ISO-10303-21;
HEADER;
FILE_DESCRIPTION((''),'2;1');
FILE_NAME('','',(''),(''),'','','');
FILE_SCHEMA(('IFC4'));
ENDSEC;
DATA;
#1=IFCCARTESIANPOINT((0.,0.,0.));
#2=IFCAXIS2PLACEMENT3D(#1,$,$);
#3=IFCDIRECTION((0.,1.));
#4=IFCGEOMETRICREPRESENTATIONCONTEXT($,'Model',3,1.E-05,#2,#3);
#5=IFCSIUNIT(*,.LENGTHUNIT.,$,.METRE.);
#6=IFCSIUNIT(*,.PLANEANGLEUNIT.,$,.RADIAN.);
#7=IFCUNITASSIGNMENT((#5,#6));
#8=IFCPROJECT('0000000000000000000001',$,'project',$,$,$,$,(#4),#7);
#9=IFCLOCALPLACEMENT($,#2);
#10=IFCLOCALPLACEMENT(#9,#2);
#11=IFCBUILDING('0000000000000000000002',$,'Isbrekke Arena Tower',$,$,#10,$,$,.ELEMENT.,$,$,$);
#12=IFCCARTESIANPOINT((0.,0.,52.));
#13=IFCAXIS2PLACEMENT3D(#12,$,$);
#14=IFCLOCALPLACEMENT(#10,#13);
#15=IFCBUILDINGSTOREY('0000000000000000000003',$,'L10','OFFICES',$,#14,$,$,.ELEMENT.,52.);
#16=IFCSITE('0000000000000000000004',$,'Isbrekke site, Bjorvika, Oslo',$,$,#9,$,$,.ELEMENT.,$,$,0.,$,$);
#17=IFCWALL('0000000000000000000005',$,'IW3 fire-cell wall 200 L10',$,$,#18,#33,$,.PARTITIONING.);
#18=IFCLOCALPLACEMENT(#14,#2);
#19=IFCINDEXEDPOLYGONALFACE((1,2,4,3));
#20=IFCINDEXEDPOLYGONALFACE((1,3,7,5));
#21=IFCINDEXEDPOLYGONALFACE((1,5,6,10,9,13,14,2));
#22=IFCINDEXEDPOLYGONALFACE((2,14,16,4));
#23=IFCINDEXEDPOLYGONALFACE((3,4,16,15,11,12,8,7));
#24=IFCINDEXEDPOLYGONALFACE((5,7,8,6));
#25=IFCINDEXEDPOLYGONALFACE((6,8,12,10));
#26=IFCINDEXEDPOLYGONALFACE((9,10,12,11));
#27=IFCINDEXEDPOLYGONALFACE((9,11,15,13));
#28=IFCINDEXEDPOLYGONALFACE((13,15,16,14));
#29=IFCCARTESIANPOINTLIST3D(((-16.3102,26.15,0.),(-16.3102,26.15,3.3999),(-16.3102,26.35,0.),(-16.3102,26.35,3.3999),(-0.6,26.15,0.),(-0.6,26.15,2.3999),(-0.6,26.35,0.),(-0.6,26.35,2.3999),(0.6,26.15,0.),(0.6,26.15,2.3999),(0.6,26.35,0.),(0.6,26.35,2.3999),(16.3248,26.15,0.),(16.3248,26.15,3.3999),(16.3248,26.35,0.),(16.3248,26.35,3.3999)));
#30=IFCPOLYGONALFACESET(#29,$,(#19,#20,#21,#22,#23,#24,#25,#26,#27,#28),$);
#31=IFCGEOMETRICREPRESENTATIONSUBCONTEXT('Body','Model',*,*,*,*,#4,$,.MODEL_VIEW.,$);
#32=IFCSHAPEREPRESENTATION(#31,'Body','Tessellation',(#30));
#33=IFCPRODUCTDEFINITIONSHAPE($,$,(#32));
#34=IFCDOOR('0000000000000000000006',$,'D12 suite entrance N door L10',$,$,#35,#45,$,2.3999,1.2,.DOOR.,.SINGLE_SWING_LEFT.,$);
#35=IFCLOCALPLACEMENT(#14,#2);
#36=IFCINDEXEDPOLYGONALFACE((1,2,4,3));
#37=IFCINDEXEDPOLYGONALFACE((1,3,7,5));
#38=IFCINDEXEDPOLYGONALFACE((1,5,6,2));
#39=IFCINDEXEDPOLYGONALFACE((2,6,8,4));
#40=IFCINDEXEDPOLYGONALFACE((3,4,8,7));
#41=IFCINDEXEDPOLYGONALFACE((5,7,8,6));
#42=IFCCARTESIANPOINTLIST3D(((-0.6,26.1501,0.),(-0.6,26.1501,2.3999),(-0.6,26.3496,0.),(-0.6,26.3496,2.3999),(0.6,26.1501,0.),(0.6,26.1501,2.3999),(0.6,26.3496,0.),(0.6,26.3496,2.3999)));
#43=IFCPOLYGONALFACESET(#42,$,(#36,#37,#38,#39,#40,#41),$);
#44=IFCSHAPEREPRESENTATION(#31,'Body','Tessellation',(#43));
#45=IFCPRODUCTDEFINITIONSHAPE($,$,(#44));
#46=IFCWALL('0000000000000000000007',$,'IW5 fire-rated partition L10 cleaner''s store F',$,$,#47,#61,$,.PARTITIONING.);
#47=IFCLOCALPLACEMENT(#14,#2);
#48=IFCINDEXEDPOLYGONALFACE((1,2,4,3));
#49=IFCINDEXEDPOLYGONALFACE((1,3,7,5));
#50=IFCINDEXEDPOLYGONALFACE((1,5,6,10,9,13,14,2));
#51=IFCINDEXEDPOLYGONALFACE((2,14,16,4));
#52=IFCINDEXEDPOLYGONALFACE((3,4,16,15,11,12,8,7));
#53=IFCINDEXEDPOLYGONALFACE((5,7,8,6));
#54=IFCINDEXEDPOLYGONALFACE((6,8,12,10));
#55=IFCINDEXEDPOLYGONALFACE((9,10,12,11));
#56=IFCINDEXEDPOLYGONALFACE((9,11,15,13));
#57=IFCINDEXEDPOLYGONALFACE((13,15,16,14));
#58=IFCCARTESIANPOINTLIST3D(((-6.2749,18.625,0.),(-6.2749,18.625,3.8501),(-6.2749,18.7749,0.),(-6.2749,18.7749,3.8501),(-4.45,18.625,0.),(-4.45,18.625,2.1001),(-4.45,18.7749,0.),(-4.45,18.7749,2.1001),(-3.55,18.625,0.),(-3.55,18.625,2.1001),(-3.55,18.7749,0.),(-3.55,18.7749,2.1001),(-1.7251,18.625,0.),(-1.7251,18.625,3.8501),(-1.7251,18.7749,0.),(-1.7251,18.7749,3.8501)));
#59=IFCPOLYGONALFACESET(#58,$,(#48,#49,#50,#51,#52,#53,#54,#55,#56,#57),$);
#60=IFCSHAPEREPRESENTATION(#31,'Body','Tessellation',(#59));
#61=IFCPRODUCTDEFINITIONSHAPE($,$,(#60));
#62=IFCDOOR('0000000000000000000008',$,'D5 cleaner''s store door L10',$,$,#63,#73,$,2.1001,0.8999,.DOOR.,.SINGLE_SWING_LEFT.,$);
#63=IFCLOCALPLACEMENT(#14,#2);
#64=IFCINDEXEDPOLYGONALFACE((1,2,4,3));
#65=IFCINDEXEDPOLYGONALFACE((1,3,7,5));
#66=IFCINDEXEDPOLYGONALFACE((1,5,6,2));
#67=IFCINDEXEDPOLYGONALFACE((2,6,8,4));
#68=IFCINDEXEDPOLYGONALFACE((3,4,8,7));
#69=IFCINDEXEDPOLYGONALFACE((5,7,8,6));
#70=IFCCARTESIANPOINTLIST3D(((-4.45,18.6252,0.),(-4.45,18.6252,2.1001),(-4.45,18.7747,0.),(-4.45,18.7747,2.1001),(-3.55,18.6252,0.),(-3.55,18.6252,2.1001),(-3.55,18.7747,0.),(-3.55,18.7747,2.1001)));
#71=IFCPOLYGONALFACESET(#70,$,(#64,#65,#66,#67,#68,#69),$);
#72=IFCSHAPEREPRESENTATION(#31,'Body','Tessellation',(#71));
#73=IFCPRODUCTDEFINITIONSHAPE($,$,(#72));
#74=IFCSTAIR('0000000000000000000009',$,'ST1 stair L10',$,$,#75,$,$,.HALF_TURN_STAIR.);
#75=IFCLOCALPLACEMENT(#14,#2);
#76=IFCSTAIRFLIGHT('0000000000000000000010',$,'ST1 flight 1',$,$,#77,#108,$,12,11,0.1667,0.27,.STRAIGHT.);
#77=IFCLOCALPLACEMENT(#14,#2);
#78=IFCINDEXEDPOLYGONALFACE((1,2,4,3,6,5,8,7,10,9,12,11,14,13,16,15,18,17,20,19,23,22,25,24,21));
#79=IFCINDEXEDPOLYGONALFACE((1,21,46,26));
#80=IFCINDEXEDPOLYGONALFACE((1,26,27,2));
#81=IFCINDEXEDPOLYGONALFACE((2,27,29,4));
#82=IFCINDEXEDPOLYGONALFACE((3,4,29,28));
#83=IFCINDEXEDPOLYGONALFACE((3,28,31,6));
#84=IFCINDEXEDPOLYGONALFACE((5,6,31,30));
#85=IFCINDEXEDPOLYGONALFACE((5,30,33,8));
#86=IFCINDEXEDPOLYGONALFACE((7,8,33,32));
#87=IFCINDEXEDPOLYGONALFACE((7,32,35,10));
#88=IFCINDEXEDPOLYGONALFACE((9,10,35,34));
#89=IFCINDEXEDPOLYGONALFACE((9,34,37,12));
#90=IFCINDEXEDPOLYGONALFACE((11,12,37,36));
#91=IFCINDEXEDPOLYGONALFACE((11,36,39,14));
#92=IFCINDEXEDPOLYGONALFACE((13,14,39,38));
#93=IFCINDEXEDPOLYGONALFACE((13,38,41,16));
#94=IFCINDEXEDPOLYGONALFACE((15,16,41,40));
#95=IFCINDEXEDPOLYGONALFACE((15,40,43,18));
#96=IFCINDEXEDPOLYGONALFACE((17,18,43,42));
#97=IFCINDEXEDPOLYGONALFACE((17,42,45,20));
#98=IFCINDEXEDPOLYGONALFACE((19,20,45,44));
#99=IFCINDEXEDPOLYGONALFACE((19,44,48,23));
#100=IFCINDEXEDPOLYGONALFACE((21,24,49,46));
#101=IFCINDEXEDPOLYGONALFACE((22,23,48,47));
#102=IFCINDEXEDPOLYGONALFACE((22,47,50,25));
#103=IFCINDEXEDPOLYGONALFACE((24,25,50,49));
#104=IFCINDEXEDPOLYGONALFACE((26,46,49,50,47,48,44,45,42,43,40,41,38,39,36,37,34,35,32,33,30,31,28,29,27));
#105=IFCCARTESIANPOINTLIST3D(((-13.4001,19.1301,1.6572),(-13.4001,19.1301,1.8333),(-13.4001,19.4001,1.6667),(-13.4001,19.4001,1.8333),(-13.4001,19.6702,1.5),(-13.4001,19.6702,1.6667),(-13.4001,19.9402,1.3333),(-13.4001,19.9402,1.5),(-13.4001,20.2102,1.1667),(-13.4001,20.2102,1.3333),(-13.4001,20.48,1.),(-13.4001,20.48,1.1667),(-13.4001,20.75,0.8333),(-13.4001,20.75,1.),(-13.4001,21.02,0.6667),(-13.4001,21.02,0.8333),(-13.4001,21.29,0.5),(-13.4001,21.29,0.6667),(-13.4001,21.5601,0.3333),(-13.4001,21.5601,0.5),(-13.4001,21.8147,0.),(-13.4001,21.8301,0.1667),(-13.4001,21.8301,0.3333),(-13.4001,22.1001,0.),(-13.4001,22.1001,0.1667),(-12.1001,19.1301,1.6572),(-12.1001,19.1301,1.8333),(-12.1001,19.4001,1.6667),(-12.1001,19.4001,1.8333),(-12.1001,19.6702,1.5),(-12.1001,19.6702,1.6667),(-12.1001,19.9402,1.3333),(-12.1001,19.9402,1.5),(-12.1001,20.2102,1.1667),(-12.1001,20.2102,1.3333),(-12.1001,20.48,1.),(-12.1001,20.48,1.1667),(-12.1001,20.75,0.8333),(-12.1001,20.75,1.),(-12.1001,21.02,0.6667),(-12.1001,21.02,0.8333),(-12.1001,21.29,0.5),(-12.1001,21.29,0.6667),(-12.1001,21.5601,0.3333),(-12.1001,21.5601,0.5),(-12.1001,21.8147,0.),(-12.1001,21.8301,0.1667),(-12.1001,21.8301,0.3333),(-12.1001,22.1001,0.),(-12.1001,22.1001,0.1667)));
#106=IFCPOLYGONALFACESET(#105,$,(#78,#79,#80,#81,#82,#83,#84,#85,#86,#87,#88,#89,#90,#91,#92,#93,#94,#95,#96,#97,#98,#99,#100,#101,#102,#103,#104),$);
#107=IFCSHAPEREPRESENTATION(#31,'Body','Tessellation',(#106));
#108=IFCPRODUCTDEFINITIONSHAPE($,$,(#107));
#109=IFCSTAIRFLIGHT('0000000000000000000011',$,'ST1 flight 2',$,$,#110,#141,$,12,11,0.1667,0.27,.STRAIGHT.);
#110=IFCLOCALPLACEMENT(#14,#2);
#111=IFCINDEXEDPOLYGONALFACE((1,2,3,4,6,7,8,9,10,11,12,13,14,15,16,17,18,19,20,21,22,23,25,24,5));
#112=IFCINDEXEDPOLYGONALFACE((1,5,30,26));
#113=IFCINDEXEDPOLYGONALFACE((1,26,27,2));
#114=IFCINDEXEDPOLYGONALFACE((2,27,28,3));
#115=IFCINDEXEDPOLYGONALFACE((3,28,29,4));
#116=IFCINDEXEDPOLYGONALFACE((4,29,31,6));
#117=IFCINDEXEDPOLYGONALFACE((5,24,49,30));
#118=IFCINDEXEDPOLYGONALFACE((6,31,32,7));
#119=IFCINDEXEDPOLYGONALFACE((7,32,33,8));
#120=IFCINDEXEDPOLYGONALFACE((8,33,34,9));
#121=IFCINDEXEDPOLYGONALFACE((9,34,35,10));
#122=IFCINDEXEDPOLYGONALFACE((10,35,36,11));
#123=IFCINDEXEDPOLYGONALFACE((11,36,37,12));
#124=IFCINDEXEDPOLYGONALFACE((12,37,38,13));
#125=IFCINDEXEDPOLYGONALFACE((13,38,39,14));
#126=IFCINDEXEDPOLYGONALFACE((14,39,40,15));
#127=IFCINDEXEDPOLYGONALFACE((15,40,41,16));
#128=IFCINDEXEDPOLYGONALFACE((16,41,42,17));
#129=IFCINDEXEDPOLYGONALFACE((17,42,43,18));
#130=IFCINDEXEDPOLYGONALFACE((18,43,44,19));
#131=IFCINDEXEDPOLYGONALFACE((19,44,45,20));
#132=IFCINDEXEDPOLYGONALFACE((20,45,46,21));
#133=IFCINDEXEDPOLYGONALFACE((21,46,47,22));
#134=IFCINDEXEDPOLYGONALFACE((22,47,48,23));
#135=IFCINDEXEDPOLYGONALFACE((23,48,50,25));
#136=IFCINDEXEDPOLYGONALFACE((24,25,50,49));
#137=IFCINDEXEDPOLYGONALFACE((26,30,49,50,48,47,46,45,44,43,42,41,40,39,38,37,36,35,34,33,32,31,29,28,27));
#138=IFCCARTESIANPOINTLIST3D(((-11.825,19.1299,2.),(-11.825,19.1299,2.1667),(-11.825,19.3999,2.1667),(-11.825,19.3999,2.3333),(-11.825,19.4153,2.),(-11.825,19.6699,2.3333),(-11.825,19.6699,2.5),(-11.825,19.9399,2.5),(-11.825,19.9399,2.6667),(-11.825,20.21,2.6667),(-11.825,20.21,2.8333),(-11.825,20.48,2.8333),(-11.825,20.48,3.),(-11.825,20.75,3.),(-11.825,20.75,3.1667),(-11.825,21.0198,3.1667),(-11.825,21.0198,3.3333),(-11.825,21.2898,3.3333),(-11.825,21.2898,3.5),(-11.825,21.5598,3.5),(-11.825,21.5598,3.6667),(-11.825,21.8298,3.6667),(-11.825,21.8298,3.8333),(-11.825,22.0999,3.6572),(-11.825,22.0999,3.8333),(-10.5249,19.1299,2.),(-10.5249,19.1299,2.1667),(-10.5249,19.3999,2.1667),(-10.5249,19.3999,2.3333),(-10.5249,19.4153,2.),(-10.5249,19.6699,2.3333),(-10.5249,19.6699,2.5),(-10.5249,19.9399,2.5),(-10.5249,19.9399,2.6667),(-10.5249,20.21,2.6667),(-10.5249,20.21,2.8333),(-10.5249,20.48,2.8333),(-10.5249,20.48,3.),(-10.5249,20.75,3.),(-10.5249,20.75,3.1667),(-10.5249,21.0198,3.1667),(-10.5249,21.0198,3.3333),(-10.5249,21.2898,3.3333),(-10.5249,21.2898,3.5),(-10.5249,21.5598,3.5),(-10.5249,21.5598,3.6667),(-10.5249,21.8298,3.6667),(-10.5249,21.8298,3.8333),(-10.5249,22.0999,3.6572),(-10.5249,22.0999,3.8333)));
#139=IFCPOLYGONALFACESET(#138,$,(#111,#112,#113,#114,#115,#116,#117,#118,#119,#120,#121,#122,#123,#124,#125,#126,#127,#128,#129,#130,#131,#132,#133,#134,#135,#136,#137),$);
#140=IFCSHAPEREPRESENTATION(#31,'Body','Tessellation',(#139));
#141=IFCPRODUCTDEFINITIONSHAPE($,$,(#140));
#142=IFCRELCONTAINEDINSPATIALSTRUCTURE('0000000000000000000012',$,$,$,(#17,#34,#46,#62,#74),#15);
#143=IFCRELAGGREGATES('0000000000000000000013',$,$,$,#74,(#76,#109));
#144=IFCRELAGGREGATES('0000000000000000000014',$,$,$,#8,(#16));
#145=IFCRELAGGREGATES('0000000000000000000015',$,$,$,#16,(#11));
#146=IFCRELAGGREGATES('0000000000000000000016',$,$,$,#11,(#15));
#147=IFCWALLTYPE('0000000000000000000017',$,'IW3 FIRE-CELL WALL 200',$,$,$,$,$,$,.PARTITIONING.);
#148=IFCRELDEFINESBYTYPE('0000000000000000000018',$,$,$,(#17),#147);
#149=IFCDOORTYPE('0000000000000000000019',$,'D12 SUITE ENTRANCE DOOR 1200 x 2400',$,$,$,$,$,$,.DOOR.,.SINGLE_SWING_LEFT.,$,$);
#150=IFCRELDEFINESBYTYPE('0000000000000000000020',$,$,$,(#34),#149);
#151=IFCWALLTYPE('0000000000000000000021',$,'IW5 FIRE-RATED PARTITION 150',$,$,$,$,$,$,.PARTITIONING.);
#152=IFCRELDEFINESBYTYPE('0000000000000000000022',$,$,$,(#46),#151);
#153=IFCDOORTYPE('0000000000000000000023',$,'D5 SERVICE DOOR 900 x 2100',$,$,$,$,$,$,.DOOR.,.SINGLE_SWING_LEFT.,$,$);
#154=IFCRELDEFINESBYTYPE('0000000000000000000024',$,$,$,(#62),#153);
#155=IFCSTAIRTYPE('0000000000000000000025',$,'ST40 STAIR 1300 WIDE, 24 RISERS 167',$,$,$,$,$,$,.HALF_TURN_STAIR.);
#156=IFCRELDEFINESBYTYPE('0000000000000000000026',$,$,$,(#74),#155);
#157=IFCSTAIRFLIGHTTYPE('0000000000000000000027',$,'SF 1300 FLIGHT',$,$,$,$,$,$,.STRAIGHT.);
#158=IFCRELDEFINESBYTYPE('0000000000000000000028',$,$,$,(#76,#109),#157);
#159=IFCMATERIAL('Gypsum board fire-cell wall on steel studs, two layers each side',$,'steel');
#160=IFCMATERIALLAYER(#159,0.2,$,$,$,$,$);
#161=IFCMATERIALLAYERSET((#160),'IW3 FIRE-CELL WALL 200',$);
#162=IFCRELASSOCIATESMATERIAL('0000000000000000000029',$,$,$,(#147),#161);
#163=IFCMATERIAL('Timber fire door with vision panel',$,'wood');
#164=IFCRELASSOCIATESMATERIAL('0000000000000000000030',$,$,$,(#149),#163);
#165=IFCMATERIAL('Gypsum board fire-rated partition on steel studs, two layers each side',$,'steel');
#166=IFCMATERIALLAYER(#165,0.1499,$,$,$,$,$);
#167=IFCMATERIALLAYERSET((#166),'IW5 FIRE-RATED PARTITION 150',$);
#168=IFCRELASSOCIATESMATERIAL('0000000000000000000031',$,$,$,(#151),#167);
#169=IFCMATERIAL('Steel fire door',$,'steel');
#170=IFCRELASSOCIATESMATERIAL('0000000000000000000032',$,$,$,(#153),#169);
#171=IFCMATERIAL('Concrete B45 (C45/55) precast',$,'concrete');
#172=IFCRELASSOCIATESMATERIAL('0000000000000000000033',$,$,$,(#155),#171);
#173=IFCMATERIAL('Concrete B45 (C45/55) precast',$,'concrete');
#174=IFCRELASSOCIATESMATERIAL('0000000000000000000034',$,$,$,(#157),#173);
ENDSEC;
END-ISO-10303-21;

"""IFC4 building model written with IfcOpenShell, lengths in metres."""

from ifc_helpers import new_model, si_unit, direction, frame, frame_2d, origin, place, context, subcontext, project, spatial, polyline, rectangle, outline, extrude, material, layer, layer_set, type_object, element, fill, aggregate, save


model = new_model("IFC4")

# Units and contexts
model_context = context("Model", 3, precision=1e-05, world=origin(), true_north=direction((0.0, 1.0)))
body_context = subcontext(model_context, "Body", "Model", "MODEL_VIEW")
ifc_project = project(units=[si_unit("LENGTHUNIT", "METRE"), si_unit("PLANEANGLEUNIT", "RADIAN")], contexts=[model_context])

# Site, building, storey
site_placement = place(None, origin())
site = spatial("IfcSite", under=ifc_project, at=site_placement, Name="Isbrekke site, Bjorvika, Oslo", CompositionType="ELEMENT", RefElevation=0.0)
building_placement = place(site_placement, origin())
building = spatial("IfcBuilding", under=site, at=building_placement, Name="Isbrekke Arena Tower", CompositionType="ELEMENT")
storey_placement = place(building_placement, frame((0.0, 0.0, 52.0)))
storey = spatial("IfcBuildingStorey", under=building, at=storey_placement, Name="L10", Description="OFFICES", CompositionType="ELEMENT", Elevation=52.0)

# Walls, openings, doors
ifc_material_1 = material(Name="Gypsum board fire-cell wall on steel studs, two layers each side", Category="steel")
ifc_layer_1 = layer(ifc_material_1, 0.2)
ifc_layer_set_1 = layer_set([ifc_layer_1], Name="IW3 FIRE-CELL WALL 200")
wall_type_1 = type_object("IfcWallType", Name="IW3 FIRE-CELL WALL 200", PredefinedType="PARTITIONING", material=ifc_layer_set_1)
wall_1_placement = place(storey_placement, frame((-16.3101, 26.25, 0.0), z_axis=(0.0, 0.0, 1.0), x_axis=(1.0, 0.0, 0.0)))
wall_1 = element("IfcWall", 1, at=wall_1_placement, inside=storey, type_object=wall_type_1, Name="IW3 fire-cell wall 200 L10", PredefinedType="PARTITIONING", context=body_context, shape_type="SweptSolid", body=[
    extrude(rectangle(XDim=32.635, YDim=0.2, at=frame_2d((16.3174, 0.0))), origin(), (0.0, 0.0, 1.0), 3.3999),
])
opening_1_placement = place(wall_1_placement, frame((15.71, 0.0, 0.0)))
opening_1 = element("IfcOpeningElement", 2, at=opening_1_placement, cuts=wall_1, PredefinedType="OPENING", context=body_context, shape_type="SweptSolid", body=[
    extrude(rectangle(XDim=1.2, YDim=2.3999, at=frame_2d((0.6001, 1.2))), frame((0.0, 0.1147, 0.0), z_axis=(0.0, -1.0, 0.0), x_axis=(1.0, 0.0, 0.0)), (0.0, 0.0, 1.0), 0.2297),
])
ifc_material_2 = material(Name="Timber fire door with vision panel", Category="wood")
door_type_1 = type_object("IfcDoorType", Name="D12 SUITE ENTRANCE DOOR 1200 x 2400", OperationType="SINGLE_SWING_LEFT", PredefinedType="DOOR", material=ifc_material_2)
door_1_placement = place(opening_1_placement, origin())
door_1 = element("IfcDoor", 3, at=door_1_placement, inside=storey, type_object=door_type_1, Name="D12 suite entrance N door L10", OperationType="SINGLE_SWING_LEFT", OverallHeight=2.3999, OverallWidth=1.2, PredefinedType="DOOR", context=body_context, shape_type="SweptSolid", body=[
    extrude(rectangle(XDim=1.2, YDim=2.3999, at=frame_2d((0.6001, 1.2))), frame((0.0, 0.0996, 0.0), z_axis=(0.0, -1.0, 0.0), x_axis=(1.0, 0.0, 0.0)), (0.0, 0.0, 1.0), 0.1995),
])
fill(opening_1, door_1)
ifc_material_3 = material(Name="Gypsum board fire-rated partition on steel studs, two layers each side", Category="steel")
ifc_layer_2 = layer(ifc_material_3, 0.1499)
ifc_layer_set_2 = layer_set([ifc_layer_2], Name="IW5 FIRE-RATED PARTITION 150")
wall_type_2 = type_object("IfcWallType", Name="IW5 FIRE-RATED PARTITION 150", PredefinedType="PARTITIONING", material=ifc_layer_set_2)
wall_2_placement = place(storey_placement, frame((-6.2749, 18.7, 0.0), z_axis=(0.0, 0.0, 1.0), x_axis=(1.0, 0.0, 0.0)))
wall_2 = element("IfcWall", 4, at=wall_2_placement, inside=storey, type_object=wall_type_2, Name="IW5 fire-rated partition L10 cleaner's store F", PredefinedType="PARTITIONING", context=body_context, shape_type="SweptSolid", body=[
    extrude(rectangle(XDim=4.5498, YDim=0.1499, at=frame_2d((2.2749, 0.0))), origin(), (0.0, 0.0, 1.0), 3.8501),
])
opening_2_placement = place(wall_2_placement, frame((1.825, 0.0, 0.0)))
opening_2 = element("IfcOpeningElement", 5, at=opening_2_placement, cuts=wall_2, PredefinedType="OPENING", context=body_context, shape_type="SweptSolid", body=[
    extrude(rectangle(XDim=0.8999, YDim=2.1001, at=frame_2d((0.45, 1.05))), frame((0.0, 0.0898, 0.0), z_axis=(0.0, -1.0, 0.0), x_axis=(1.0, 0.0, 0.0)), (0.0, 0.0, 1.0), 0.1797),
])
ifc_material_4 = material(Name="Steel fire door", Category="steel")
door_type_2 = type_object("IfcDoorType", Name="D5 SERVICE DOOR 900 x 2100", OperationType="SINGLE_SWING_LEFT", PredefinedType="DOOR", material=ifc_material_4)
door_2_placement = place(opening_2_placement, origin())
door_2 = element("IfcDoor", 6, at=door_2_placement, inside=storey, type_object=door_type_2, Name="D5 cleaner's store door L10", OperationType="SINGLE_SWING_LEFT", OverallHeight=2.1001, OverallWidth=0.8999, PredefinedType="DOOR", context=body_context, shape_type="SweptSolid", body=[
    extrude(rectangle(XDim=0.8999, YDim=2.1001, at=frame_2d((0.45, 1.05))), frame((0.0, 0.0747, 0.0), z_axis=(0.0, -1.0, 0.0), x_axis=(1.0, 0.0, 0.0)), (0.0, 0.0, 1.0), 0.1494),
])
fill(opening_2, door_2)

# Stair, stair flights
ifc_material_5 = material(Name="Concrete B45 (C45/55) precast", Category="concrete")
stair_type = type_object("IfcStairType", Name="ST40 STAIR 1300 WIDE, 24 RISERS 167", PredefinedType="HALF_TURN_STAIR", material=ifc_material_5)
stair_placement = place(storey_placement, origin())
stair = element("IfcStair", 7, at=stair_placement, inside=storey, type_object=stair_type, Name="ST1 stair L10", PredefinedType="HALF_TURN_STAIR")
ifc_material_6 = material(Name="Concrete B45 (C45/55) precast", Category="concrete")
stair_flight_type = type_object("IfcStairFlightType", Name="SF 1300 FLIGHT", PredefinedType="STRAIGHT", material=ifc_material_6)
stair_flight_1_placement = place(storey_placement, frame((-12.75, 22.1001, 0.0), z_axis=(0.0, 0.0, 1.0), x_axis=(0.0, -1.0, 0.0)))
stair_flight_1 = element("IfcStairFlight", 8, at=stair_flight_1_placement, type_object=stair_flight_type, Name="ST1 flight 1", NumberOfRisers=12, NumberOfTreads=11, PredefinedType="STRAIGHT", RiserHeight=0.1667, TreadLength=0.27, context=body_context, shape_type="SweptSolid", body=[
    extrude(outline(polyline([(0.0, 0.0), (0.0, 0.1667), (0.27, 0.1667), (0.27, 0.3333), (0.54, 0.3333), (0.54, 0.5), (0.8101, 0.5), (0.8101, 0.6667), (1.0801, 0.6667), (1.0801, 0.8333), (1.3501, 0.8333), (1.3501, 1.0), (1.6201, 1.0), (1.6201, 1.1667), (1.8899, 1.1667), (1.8899, 1.3333), (2.1599, 1.3333), (2.1599, 1.5), (2.4299, 1.5), (2.4299, 1.6667), (2.7, 1.6667), (2.7, 1.8333), (2.97, 1.8333), (2.97, 2.0), (2.97, 1.6572), (0.2854, 0.0), (0.0, 0.0)])), frame((0.0, 0.6499, 0.0), z_axis=(0.0, -1.0, 0.0), x_axis=(1.0, 0.0, 0.0)), (0.0, 0.0, 1.0), 1.3),
])
stair_flight_2_placement = place(storey_placement, frame((-11.175, 19.1299, 2.0), z_axis=(0.0, 0.0, 1.0), x_axis=(0.0, 1.0, 0.0)))
stair_flight_2 = element("IfcStairFlight", 9, at=stair_flight_2_placement, type_object=stair_flight_type, Name="ST1 flight 2", NumberOfRisers=12, NumberOfTreads=11, PredefinedType="STRAIGHT", RiserHeight=0.1667, TreadLength=0.27, context=body_context, shape_type="SweptSolid", body=[
    extrude(outline(polyline([(0.0, 0.0), (0.0, 0.1667), (0.27, 0.1667), (0.27, 0.3333), (0.54, 0.3333), (0.54, 0.5), (0.8101, 0.5), (0.8101, 0.6667), (1.0801, 0.6667), (1.0801, 0.8333), (1.3501, 0.8333), (1.3501, 1.0), (1.6201, 1.0), (1.6201, 1.1667), (1.8899, 1.1667), (1.8899, 1.3333), (2.1599, 1.3333), (2.1599, 1.5), (2.4299, 1.5), (2.4299, 1.6667), (2.7, 1.6667), (2.7, 1.8333), (2.97, 1.8333), (2.97, 2.0), (2.97, 1.6572), (0.2854, 0.0), (0.0, 0.0)])), frame((0.0, 0.6499, 0.0), z_axis=(0.0, -1.0, 0.0), x_axis=(1.0, 0.0, 0.0)), (0.0, 0.0, 1.0), 1.3),
])
aggregate(stair, [stair_flight_1, stair_flight_2])

save(model, "model.ifc")
